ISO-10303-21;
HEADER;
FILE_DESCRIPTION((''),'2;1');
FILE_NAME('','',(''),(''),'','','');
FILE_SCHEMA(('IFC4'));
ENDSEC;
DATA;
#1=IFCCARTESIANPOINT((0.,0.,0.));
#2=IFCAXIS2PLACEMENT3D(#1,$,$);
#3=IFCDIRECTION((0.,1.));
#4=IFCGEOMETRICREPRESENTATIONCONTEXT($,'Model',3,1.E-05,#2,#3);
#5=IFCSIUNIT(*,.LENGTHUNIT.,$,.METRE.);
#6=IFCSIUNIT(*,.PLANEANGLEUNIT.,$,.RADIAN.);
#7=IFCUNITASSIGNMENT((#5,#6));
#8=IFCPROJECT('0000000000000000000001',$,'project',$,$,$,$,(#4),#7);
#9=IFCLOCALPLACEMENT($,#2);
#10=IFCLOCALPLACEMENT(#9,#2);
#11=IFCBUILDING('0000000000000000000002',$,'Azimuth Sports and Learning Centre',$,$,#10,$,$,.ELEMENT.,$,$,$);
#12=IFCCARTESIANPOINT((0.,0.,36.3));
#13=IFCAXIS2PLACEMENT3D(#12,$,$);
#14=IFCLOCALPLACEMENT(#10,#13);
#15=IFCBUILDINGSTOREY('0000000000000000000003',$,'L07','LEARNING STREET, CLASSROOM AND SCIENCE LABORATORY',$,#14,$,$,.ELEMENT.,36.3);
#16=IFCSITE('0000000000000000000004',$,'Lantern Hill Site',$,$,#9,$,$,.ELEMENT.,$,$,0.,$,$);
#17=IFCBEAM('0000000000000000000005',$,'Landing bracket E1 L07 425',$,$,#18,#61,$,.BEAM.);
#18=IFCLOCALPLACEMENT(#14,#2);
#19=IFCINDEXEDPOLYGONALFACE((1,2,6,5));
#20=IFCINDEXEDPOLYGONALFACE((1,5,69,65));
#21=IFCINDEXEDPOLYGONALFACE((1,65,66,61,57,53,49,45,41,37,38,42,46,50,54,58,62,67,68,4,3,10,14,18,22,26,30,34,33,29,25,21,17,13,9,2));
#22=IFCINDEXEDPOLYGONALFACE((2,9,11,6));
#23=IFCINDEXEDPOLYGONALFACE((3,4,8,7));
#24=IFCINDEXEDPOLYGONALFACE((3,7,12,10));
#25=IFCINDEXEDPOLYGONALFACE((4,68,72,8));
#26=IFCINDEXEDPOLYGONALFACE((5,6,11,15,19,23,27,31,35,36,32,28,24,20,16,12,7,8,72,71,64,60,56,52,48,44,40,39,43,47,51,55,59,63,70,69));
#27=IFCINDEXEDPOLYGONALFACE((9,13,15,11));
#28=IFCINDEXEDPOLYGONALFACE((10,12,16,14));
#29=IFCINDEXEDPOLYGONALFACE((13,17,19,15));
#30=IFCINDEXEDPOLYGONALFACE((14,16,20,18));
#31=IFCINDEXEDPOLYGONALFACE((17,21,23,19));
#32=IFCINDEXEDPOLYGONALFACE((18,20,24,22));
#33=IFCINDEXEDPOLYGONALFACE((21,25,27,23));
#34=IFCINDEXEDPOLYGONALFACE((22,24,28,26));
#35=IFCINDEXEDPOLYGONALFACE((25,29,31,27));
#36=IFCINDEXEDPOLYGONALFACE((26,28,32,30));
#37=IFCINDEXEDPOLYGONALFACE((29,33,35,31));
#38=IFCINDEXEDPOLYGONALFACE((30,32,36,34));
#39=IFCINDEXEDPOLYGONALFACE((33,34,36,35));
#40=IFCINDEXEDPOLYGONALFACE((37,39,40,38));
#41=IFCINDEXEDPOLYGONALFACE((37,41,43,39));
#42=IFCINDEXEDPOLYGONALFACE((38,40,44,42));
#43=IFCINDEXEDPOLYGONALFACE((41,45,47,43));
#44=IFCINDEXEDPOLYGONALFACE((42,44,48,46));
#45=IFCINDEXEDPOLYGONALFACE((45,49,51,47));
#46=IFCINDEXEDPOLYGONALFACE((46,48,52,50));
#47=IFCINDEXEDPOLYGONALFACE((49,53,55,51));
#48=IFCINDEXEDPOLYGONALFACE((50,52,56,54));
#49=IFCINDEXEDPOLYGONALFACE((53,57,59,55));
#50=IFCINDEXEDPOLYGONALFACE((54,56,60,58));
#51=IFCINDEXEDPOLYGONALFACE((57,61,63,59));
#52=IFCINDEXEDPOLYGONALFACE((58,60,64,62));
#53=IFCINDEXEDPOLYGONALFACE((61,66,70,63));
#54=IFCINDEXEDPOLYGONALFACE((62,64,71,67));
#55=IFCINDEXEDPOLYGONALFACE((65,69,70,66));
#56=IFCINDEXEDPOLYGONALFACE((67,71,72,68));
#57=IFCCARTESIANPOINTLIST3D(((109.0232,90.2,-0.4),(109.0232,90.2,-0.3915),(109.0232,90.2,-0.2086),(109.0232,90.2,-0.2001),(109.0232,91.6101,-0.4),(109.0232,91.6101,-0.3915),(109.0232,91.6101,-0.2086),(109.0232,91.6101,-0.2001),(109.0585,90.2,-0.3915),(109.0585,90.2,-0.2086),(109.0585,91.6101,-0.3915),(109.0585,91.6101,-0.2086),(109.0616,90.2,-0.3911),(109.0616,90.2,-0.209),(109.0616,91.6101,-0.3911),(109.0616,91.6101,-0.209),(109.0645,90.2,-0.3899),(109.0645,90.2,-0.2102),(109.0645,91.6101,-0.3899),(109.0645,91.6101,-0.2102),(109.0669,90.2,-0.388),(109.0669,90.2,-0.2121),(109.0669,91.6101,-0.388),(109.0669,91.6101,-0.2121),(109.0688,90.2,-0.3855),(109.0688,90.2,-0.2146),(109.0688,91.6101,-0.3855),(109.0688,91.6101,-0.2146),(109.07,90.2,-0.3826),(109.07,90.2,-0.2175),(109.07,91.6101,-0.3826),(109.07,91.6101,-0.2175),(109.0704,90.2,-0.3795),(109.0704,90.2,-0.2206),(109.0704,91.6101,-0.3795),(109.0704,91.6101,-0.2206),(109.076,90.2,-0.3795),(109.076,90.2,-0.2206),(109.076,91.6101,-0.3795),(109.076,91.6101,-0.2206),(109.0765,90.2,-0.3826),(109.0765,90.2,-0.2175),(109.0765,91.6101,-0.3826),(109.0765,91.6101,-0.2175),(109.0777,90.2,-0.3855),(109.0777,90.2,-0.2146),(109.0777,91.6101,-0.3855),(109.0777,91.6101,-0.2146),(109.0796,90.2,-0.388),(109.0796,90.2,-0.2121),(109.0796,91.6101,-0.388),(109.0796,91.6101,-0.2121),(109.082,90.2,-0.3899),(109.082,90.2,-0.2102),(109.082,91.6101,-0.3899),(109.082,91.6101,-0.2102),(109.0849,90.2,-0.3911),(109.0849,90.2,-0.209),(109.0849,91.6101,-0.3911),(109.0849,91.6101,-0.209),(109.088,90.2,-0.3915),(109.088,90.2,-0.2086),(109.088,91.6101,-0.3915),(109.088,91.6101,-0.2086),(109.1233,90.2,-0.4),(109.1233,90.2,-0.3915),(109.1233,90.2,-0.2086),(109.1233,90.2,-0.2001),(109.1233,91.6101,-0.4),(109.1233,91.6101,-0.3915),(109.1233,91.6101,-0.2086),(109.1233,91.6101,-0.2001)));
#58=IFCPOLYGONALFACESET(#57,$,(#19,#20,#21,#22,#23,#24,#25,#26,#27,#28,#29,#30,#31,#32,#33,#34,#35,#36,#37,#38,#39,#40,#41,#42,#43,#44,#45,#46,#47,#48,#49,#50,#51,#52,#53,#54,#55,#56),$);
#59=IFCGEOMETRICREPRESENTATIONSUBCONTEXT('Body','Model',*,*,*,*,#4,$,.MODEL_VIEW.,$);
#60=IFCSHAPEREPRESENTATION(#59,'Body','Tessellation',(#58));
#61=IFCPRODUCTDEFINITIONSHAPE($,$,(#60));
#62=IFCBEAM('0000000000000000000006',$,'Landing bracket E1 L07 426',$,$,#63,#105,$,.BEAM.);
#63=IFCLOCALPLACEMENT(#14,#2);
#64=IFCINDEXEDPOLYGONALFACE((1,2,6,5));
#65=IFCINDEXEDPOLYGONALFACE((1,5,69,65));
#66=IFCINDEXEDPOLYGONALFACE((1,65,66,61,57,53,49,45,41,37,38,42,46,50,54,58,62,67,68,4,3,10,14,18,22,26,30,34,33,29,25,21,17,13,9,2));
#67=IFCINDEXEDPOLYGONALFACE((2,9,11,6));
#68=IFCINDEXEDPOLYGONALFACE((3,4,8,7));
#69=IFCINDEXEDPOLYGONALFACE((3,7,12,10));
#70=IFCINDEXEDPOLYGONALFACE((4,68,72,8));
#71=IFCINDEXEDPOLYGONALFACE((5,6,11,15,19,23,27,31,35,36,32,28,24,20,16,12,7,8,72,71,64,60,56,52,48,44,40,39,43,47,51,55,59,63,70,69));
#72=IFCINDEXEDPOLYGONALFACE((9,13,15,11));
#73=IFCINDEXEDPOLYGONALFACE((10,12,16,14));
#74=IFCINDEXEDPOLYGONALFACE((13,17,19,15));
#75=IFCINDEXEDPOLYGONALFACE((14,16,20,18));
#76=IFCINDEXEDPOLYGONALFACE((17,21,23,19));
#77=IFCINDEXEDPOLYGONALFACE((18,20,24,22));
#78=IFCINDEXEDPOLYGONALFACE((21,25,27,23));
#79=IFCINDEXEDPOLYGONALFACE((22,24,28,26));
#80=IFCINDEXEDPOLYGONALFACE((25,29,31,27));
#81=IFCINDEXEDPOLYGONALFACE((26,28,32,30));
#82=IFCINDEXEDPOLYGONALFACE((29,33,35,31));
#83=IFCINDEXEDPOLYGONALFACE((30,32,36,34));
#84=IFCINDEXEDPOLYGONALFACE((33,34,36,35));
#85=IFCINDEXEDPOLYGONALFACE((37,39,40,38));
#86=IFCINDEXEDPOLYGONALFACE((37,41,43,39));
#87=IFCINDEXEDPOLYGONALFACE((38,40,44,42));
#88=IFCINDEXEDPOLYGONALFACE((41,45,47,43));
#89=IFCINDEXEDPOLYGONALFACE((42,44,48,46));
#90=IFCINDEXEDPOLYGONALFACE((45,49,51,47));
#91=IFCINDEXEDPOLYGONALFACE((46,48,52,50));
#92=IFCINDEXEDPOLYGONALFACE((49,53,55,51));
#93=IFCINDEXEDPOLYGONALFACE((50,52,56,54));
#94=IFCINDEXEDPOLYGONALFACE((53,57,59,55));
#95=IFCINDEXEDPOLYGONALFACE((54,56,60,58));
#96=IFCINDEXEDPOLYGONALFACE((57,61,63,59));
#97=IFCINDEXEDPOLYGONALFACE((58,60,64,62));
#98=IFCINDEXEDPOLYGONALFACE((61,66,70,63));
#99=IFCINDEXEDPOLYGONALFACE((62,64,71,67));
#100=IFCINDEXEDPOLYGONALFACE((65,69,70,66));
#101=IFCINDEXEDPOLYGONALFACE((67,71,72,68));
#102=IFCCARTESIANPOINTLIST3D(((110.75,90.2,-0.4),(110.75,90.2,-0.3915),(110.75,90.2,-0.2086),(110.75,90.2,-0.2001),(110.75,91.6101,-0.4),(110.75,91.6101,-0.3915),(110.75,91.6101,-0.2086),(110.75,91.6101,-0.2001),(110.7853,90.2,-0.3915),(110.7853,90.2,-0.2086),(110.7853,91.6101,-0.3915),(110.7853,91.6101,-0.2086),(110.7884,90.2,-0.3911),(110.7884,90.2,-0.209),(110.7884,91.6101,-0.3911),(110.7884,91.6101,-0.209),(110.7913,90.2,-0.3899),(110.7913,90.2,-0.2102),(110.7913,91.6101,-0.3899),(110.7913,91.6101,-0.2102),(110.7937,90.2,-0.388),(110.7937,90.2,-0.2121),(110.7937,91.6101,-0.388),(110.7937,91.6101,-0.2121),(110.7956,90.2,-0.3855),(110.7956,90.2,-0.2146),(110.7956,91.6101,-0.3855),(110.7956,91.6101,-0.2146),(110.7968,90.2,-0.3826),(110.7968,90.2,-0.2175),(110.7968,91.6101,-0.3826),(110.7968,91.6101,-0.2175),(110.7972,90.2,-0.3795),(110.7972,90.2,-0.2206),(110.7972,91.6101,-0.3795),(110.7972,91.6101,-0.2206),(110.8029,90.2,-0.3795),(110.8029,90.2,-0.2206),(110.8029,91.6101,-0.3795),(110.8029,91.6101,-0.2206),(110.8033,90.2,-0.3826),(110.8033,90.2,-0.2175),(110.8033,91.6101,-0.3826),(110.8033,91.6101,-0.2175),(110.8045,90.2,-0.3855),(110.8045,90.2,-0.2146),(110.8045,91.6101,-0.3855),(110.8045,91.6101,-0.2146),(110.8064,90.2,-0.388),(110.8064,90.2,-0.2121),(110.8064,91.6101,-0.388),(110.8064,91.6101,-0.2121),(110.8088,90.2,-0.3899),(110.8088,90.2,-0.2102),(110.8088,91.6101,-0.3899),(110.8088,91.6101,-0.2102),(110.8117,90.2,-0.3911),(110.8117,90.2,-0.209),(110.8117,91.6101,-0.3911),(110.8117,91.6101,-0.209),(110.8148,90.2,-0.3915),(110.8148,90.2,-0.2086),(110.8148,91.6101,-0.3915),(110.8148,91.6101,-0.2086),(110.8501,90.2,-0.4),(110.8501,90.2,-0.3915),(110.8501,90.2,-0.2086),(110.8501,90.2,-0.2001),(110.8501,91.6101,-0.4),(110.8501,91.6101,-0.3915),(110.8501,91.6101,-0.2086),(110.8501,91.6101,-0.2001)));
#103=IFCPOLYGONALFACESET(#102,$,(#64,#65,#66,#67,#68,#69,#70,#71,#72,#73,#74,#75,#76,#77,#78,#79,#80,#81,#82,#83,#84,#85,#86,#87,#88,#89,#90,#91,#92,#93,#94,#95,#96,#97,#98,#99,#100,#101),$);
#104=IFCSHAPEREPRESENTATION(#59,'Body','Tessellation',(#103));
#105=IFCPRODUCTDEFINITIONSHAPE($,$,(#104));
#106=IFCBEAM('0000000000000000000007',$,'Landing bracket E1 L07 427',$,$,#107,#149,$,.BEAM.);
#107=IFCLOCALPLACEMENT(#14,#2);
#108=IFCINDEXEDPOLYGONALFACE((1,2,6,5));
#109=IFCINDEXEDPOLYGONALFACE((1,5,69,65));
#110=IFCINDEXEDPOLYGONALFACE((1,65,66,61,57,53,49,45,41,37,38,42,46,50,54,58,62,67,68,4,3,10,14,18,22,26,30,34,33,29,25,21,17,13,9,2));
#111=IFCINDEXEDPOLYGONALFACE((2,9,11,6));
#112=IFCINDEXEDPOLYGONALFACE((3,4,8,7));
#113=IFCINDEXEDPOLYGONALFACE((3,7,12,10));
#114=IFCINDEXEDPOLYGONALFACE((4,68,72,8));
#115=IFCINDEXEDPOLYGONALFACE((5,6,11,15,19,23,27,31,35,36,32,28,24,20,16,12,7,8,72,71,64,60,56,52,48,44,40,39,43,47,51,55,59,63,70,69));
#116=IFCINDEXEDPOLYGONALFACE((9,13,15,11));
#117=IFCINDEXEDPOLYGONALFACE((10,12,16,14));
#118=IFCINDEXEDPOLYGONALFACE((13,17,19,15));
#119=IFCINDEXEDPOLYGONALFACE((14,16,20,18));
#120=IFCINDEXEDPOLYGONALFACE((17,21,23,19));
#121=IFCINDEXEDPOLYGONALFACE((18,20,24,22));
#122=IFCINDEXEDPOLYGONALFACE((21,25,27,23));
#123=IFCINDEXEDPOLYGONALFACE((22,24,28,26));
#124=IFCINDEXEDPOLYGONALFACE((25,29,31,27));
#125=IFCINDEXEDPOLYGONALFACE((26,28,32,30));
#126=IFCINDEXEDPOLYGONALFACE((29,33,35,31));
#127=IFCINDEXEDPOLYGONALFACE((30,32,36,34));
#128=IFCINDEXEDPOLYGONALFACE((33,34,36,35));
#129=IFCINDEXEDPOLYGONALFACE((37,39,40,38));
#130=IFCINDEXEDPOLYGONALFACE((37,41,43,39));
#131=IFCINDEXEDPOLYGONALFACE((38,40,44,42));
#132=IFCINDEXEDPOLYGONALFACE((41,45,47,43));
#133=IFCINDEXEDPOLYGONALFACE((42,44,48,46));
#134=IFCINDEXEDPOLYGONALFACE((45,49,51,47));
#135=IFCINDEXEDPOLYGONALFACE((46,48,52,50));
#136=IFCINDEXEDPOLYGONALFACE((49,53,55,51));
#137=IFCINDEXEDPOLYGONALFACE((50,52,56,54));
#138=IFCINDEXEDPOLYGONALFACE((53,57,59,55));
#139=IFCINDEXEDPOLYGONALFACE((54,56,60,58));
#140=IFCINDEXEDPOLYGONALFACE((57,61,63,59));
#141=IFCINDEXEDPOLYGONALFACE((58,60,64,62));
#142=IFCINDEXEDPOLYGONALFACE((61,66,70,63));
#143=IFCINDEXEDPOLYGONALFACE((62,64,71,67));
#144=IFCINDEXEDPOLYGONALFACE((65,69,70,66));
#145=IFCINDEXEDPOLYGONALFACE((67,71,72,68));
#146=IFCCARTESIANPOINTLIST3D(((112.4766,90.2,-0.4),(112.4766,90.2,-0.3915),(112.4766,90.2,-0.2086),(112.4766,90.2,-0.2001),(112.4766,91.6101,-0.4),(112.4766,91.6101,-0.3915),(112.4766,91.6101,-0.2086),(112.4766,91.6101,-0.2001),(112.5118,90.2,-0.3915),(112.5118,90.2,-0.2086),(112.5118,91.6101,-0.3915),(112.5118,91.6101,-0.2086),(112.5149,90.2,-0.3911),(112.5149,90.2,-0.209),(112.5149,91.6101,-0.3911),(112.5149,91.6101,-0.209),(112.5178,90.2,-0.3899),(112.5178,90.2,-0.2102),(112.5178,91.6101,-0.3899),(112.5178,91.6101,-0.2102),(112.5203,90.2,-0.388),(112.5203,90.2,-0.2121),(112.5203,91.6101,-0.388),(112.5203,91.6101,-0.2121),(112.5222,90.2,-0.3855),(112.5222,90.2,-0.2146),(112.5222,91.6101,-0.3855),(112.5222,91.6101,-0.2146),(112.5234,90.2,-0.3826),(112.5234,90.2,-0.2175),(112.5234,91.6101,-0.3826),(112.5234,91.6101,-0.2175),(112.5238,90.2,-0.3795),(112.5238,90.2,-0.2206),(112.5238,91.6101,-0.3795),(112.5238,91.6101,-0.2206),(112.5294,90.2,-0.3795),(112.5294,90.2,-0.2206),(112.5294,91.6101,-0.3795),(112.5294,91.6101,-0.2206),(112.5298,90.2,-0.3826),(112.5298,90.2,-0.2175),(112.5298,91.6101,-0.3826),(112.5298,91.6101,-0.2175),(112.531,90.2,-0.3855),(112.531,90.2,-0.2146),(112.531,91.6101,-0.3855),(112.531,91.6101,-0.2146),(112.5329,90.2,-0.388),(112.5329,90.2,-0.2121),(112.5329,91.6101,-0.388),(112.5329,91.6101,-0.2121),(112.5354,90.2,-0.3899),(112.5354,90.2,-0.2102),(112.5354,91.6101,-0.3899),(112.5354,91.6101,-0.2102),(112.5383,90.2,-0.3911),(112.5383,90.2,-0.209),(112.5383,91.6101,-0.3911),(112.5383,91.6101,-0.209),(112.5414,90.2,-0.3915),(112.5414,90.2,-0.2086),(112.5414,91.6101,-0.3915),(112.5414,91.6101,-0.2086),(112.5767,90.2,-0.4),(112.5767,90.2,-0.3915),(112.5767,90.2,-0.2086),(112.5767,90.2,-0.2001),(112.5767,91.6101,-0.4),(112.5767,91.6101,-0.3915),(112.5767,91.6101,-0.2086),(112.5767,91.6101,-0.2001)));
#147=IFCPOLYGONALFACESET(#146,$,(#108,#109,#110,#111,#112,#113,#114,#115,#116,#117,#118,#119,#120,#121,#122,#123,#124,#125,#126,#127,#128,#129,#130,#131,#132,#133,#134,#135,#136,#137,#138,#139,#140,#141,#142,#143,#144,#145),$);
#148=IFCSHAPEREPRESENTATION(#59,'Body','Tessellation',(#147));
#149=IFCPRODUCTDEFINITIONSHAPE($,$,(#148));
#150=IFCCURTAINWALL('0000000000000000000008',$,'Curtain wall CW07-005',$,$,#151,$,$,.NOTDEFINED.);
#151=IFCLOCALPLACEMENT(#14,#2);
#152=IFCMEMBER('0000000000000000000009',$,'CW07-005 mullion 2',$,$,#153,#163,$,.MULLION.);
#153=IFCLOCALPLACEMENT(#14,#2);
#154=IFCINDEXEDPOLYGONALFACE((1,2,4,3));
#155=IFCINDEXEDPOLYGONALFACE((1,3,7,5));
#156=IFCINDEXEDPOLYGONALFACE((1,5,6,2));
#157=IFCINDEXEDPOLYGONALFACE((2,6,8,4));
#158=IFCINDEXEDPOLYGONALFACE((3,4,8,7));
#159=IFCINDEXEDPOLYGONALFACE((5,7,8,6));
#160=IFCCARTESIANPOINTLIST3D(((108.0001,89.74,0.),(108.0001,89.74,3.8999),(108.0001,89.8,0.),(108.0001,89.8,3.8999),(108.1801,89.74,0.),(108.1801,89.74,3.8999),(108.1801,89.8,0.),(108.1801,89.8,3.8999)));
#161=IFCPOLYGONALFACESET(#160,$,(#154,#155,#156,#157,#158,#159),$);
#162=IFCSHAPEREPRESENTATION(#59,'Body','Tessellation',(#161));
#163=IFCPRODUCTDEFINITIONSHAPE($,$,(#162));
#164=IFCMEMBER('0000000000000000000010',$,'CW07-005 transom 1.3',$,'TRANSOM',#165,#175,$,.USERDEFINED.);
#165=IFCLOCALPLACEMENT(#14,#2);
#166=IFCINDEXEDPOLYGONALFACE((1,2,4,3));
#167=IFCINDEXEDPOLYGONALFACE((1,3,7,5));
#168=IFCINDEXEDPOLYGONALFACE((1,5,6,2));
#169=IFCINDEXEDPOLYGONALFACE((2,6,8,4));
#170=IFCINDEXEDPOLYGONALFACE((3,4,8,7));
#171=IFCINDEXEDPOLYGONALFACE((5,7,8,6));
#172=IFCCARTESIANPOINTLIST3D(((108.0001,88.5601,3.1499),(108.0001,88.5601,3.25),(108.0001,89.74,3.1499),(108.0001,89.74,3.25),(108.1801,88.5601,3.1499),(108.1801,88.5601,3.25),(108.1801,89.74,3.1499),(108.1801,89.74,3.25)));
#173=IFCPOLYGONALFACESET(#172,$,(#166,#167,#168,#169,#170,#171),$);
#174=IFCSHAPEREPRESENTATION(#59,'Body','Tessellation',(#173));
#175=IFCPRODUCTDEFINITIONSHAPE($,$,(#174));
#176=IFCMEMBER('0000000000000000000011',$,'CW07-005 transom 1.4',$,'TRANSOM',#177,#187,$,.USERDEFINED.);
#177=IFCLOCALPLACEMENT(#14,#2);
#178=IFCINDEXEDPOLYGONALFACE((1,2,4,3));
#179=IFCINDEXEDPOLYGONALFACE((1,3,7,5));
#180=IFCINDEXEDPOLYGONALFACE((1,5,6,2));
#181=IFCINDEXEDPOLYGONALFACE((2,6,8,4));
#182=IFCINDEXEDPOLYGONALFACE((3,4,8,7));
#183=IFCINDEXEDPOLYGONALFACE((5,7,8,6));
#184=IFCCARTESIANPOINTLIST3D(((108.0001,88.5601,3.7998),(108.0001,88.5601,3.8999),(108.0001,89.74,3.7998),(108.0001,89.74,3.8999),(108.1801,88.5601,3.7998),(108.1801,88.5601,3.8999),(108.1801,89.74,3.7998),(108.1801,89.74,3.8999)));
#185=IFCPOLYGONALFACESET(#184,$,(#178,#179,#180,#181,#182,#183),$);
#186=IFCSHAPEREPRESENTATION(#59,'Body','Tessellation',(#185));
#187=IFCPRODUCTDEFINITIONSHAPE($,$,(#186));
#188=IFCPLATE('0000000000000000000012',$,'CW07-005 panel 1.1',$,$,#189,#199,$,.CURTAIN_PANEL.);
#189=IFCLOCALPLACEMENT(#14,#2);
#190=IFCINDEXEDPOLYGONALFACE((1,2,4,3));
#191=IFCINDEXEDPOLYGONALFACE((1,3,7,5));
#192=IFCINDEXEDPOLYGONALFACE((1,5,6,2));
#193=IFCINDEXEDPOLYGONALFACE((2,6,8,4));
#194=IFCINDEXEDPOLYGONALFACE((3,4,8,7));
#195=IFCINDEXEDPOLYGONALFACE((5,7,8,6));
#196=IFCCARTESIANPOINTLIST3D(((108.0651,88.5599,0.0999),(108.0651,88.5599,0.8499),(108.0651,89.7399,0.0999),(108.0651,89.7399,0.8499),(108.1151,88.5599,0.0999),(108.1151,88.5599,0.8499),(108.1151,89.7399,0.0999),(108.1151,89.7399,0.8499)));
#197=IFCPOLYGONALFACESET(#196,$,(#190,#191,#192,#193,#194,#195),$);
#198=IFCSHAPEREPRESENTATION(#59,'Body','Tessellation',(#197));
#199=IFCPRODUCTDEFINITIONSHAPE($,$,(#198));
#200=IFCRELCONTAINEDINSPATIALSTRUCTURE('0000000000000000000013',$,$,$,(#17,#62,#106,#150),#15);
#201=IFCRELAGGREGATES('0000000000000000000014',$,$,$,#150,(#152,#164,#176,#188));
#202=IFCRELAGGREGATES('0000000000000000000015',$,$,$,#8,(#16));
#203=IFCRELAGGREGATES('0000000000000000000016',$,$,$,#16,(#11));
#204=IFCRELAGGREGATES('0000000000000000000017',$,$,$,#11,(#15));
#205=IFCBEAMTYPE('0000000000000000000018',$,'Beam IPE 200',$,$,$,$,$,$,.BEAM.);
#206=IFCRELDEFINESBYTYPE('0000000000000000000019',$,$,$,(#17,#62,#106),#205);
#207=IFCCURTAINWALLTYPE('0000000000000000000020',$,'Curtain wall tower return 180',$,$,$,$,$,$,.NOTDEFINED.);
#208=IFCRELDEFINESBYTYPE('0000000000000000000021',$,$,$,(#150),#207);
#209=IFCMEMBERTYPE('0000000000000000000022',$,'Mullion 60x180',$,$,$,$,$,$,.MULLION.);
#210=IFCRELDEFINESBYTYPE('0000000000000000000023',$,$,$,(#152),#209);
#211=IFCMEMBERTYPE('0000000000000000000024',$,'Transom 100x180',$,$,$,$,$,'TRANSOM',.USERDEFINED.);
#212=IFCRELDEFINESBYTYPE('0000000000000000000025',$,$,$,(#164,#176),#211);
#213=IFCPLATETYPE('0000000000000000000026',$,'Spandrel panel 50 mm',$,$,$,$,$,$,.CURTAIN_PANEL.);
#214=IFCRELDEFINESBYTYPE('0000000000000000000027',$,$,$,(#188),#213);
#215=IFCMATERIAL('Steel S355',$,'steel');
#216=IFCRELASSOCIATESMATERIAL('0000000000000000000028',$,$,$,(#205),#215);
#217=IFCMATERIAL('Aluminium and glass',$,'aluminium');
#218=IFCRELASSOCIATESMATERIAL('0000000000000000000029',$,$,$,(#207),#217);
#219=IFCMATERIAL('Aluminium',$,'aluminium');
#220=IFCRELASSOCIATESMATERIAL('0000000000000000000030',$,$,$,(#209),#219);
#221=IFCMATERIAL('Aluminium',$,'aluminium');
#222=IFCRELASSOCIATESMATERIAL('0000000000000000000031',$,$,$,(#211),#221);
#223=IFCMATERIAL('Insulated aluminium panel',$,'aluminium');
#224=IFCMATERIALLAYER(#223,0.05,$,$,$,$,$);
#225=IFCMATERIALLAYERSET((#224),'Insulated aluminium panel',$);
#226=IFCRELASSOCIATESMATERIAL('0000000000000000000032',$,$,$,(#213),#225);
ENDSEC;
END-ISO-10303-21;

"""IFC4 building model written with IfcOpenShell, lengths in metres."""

from ifc_helpers import new_model, si_unit, direction, frame, origin, origin_2d, place, context, subcontext, project, spatial, rectangle, i_section, extrude, material, layer, layer_set, material_profile, profile_set, type_object, element, aggregate, save


model = new_model("IFC4")

# Units and contexts
model_context = context("Model", 3, precision=1e-05, world=origin(), true_north=direction((0.0, 1.0)))
body_context = subcontext(model_context, "Body", "Model", "MODEL_VIEW")
ifc_project = project(units=[si_unit("LENGTHUNIT", "METRE"), si_unit("PLANEANGLEUNIT", "RADIAN")], contexts=[model_context])

# Site, building, storey
site_placement = place(None, origin())
site = spatial("IfcSite", under=ifc_project, at=site_placement, Name="Lantern Hill Site", CompositionType="ELEMENT", RefElevation=0.0)
building_placement = place(site_placement, origin())
building = spatial("IfcBuilding", under=site, at=building_placement, Name="Azimuth Sports and Learning Centre", CompositionType="ELEMENT")
storey_placement = place(building_placement, frame((0.0, 0.0, 36.3)))
storey = spatial("IfcBuildingStorey", under=building, at=storey_placement, Name="L07", Description="LEARNING STREET, CLASSROOM AND SCIENCE LABORATORY", CompositionType="ELEMENT", Elevation=36.3)

# Beams
ifc_material_1 = material(Name="Steel S355", Category="steel")
ifc_material_profile_1 = material_profile(ifc_material_1, i_section(OverallWidth=0.1001, OverallDepth=0.2, WebThickness=0.0056, FlangeThickness=0.0085, FilletRadius=0.012, at=origin_2d()), Name="IPE 200")
ifc_profile_set_1 = profile_set([ifc_material_profile_1], Name="Steel S355")
beam_type = type_object("IfcBeamType", Name="Beam IPE 200", PredefinedType="BEAM", material=ifc_profile_set_1)
for number, where, z_axis, x_axis, name in (
    (1, (109.0732, 90.2, -0.3), (0.0, 1.0, 0.0), (-1.0, 0.0, 0.0), "Landing bracket E1 L07 425"),
    (2, (110.8, 90.2, -0.3), (0.0, 1.0, 0.0), (-1.0, 0.0, 0.0), "Landing bracket E1 L07 426"),
    (3, (112.5266, 90.2, -0.3), (0.0, 1.0, 0.0), (-1.0, 0.0, 0.0), "Landing bracket E1 L07 427"),
):
    element("IfcBeam", number, at=place(storey_placement, frame(where, z_axis=z_axis, x_axis=x_axis)), inside=storey, type_object=beam_type, Name=name, PredefinedType="BEAM", context=body_context, shape_type="SweptSolid", body=[
        extrude(i_section(OverallWidth=0.1001, OverallDepth=0.2, WebThickness=0.0056, FlangeThickness=0.0085, FilletRadius=0.012, at=origin_2d()), origin(), (0.0, 0.0, 1.0), 1.4102),
    ])

# Curtain wall, members, plate
ifc_material_2 = material(Name="Aluminium and glass", Category="aluminium")
curtain_wall_type = type_object("IfcCurtainWallType", Name="Curtain wall tower return 180", PredefinedType="NOTDEFINED", material=ifc_material_2)
curtain_wall_placement = place(storey_placement, origin())
curtain_wall = element("IfcCurtainWall", 4, at=curtain_wall_placement, inside=storey, type_object=curtain_wall_type, Name="Curtain wall CW07-005", PredefinedType="NOTDEFINED")
ifc_material_3 = material(Name="Aluminium", Category="aluminium")
ifc_material_profile_2 = material_profile(ifc_material_3, rectangle(XDim=0.1799, YDim=0.0601, at=origin_2d()), Name="Mullion 60x180")
ifc_profile_set_2 = profile_set([ifc_material_profile_2], Name="Aluminium")
member_type_1 = type_object("IfcMemberType", Name="Mullion 60x180", PredefinedType="MULLION", material=ifc_profile_set_2)
member_1_placement = place(storey_placement, frame((108.0901, 89.77, 0.0), z_axis=(0.0, 0.0, 1.0), x_axis=(-1.0, 0.0, 0.0)))
member_1 = element("IfcMember", 5, at=member_1_placement, type_object=member_type_1, Name="CW07-005 mullion 2", PredefinedType="MULLION", context=body_context, shape_type="SweptSolid", body=[
    extrude(rectangle(XDim=0.1799, YDim=0.0601, at=origin_2d()), origin(), (0.0, 0.0, 1.0), 3.8999),
])
ifc_material_4 = material(Name="Aluminium", Category="aluminium")
ifc_material_profile_3 = material_profile(ifc_material_4, rectangle(XDim=0.1799, YDim=0.1001, at=origin_2d()), Name="Transom 100x180")
ifc_profile_set_3 = profile_set([ifc_material_profile_3], Name="Aluminium")
member_type_2 = type_object("IfcMemberType", Name="Transom 100x180", ElementType="TRANSOM", PredefinedType="USERDEFINED", material=ifc_profile_set_3)
member_2_placement = place(storey_placement, frame((108.0901, 88.5601, 3.2), z_axis=(0.0, 1.0, 0.0), x_axis=(-1.0, 0.0, 0.0)))
member_2 = element("IfcMember", 6, at=member_2_placement, type_object=member_type_2, Name="CW07-005 transom 1.3", ObjectType="TRANSOM", PredefinedType="USERDEFINED", context=body_context, shape_type="SweptSolid", body=[
    extrude(rectangle(XDim=0.1799, YDim=0.1001, at=origin_2d()), origin(), (0.0, 0.0, 1.0), 1.1799),
])
member_3_placement = place(storey_placement, frame((108.0901, 88.5601, 3.8499), z_axis=(0.0, 1.0, 0.0), x_axis=(-1.0, 0.0, 0.0)))
member_3 = element("IfcMember", 7, at=member_3_placement, type_object=member_type_2, Name="CW07-005 transom 1.4", ObjectType="TRANSOM", PredefinedType="USERDEFINED", context=body_context, shape_type="SweptSolid", body=[
    extrude(rectangle(XDim=0.1799, YDim=0.1001, at=origin_2d()), origin(), (0.0, 0.0, 1.0), 1.1799),
])
ifc_material_5 = material(Name="Insulated aluminium panel", Category="aluminium")
ifc_layer_1 = layer(ifc_material_5, 0.05)
ifc_layer_set_1 = layer_set([ifc_layer_1], Name="Insulated aluminium panel")
plate_type_1 = type_object("IfcPlateType", Name="Spandrel panel 50 mm", PredefinedType="CURTAIN_PANEL", material=ifc_layer_set_1)
plate_1_placement = place(storey_placement, frame((108.0901, 89.1499, 0.0999), z_axis=(0.0, 0.0, 1.0), x_axis=(0.0, 1.0, 0.0)))
plate_1 = element("IfcPlate", 8, at=plate_1_placement, type_object=plate_type_1, Name="CW07-005 panel 1.1", PredefinedType="CURTAIN_PANEL", context=body_context, shape_type="SweptSolid", body=[
    extrude(rectangle(XDim=1.1799, YDim=0.05, at=origin_2d()), origin(), (0.0, 0.0, 1.0), 0.75),
])
aggregate(curtain_wall, [member_1, member_2, member_3, plate_1])

save(model, "model.ifc")
